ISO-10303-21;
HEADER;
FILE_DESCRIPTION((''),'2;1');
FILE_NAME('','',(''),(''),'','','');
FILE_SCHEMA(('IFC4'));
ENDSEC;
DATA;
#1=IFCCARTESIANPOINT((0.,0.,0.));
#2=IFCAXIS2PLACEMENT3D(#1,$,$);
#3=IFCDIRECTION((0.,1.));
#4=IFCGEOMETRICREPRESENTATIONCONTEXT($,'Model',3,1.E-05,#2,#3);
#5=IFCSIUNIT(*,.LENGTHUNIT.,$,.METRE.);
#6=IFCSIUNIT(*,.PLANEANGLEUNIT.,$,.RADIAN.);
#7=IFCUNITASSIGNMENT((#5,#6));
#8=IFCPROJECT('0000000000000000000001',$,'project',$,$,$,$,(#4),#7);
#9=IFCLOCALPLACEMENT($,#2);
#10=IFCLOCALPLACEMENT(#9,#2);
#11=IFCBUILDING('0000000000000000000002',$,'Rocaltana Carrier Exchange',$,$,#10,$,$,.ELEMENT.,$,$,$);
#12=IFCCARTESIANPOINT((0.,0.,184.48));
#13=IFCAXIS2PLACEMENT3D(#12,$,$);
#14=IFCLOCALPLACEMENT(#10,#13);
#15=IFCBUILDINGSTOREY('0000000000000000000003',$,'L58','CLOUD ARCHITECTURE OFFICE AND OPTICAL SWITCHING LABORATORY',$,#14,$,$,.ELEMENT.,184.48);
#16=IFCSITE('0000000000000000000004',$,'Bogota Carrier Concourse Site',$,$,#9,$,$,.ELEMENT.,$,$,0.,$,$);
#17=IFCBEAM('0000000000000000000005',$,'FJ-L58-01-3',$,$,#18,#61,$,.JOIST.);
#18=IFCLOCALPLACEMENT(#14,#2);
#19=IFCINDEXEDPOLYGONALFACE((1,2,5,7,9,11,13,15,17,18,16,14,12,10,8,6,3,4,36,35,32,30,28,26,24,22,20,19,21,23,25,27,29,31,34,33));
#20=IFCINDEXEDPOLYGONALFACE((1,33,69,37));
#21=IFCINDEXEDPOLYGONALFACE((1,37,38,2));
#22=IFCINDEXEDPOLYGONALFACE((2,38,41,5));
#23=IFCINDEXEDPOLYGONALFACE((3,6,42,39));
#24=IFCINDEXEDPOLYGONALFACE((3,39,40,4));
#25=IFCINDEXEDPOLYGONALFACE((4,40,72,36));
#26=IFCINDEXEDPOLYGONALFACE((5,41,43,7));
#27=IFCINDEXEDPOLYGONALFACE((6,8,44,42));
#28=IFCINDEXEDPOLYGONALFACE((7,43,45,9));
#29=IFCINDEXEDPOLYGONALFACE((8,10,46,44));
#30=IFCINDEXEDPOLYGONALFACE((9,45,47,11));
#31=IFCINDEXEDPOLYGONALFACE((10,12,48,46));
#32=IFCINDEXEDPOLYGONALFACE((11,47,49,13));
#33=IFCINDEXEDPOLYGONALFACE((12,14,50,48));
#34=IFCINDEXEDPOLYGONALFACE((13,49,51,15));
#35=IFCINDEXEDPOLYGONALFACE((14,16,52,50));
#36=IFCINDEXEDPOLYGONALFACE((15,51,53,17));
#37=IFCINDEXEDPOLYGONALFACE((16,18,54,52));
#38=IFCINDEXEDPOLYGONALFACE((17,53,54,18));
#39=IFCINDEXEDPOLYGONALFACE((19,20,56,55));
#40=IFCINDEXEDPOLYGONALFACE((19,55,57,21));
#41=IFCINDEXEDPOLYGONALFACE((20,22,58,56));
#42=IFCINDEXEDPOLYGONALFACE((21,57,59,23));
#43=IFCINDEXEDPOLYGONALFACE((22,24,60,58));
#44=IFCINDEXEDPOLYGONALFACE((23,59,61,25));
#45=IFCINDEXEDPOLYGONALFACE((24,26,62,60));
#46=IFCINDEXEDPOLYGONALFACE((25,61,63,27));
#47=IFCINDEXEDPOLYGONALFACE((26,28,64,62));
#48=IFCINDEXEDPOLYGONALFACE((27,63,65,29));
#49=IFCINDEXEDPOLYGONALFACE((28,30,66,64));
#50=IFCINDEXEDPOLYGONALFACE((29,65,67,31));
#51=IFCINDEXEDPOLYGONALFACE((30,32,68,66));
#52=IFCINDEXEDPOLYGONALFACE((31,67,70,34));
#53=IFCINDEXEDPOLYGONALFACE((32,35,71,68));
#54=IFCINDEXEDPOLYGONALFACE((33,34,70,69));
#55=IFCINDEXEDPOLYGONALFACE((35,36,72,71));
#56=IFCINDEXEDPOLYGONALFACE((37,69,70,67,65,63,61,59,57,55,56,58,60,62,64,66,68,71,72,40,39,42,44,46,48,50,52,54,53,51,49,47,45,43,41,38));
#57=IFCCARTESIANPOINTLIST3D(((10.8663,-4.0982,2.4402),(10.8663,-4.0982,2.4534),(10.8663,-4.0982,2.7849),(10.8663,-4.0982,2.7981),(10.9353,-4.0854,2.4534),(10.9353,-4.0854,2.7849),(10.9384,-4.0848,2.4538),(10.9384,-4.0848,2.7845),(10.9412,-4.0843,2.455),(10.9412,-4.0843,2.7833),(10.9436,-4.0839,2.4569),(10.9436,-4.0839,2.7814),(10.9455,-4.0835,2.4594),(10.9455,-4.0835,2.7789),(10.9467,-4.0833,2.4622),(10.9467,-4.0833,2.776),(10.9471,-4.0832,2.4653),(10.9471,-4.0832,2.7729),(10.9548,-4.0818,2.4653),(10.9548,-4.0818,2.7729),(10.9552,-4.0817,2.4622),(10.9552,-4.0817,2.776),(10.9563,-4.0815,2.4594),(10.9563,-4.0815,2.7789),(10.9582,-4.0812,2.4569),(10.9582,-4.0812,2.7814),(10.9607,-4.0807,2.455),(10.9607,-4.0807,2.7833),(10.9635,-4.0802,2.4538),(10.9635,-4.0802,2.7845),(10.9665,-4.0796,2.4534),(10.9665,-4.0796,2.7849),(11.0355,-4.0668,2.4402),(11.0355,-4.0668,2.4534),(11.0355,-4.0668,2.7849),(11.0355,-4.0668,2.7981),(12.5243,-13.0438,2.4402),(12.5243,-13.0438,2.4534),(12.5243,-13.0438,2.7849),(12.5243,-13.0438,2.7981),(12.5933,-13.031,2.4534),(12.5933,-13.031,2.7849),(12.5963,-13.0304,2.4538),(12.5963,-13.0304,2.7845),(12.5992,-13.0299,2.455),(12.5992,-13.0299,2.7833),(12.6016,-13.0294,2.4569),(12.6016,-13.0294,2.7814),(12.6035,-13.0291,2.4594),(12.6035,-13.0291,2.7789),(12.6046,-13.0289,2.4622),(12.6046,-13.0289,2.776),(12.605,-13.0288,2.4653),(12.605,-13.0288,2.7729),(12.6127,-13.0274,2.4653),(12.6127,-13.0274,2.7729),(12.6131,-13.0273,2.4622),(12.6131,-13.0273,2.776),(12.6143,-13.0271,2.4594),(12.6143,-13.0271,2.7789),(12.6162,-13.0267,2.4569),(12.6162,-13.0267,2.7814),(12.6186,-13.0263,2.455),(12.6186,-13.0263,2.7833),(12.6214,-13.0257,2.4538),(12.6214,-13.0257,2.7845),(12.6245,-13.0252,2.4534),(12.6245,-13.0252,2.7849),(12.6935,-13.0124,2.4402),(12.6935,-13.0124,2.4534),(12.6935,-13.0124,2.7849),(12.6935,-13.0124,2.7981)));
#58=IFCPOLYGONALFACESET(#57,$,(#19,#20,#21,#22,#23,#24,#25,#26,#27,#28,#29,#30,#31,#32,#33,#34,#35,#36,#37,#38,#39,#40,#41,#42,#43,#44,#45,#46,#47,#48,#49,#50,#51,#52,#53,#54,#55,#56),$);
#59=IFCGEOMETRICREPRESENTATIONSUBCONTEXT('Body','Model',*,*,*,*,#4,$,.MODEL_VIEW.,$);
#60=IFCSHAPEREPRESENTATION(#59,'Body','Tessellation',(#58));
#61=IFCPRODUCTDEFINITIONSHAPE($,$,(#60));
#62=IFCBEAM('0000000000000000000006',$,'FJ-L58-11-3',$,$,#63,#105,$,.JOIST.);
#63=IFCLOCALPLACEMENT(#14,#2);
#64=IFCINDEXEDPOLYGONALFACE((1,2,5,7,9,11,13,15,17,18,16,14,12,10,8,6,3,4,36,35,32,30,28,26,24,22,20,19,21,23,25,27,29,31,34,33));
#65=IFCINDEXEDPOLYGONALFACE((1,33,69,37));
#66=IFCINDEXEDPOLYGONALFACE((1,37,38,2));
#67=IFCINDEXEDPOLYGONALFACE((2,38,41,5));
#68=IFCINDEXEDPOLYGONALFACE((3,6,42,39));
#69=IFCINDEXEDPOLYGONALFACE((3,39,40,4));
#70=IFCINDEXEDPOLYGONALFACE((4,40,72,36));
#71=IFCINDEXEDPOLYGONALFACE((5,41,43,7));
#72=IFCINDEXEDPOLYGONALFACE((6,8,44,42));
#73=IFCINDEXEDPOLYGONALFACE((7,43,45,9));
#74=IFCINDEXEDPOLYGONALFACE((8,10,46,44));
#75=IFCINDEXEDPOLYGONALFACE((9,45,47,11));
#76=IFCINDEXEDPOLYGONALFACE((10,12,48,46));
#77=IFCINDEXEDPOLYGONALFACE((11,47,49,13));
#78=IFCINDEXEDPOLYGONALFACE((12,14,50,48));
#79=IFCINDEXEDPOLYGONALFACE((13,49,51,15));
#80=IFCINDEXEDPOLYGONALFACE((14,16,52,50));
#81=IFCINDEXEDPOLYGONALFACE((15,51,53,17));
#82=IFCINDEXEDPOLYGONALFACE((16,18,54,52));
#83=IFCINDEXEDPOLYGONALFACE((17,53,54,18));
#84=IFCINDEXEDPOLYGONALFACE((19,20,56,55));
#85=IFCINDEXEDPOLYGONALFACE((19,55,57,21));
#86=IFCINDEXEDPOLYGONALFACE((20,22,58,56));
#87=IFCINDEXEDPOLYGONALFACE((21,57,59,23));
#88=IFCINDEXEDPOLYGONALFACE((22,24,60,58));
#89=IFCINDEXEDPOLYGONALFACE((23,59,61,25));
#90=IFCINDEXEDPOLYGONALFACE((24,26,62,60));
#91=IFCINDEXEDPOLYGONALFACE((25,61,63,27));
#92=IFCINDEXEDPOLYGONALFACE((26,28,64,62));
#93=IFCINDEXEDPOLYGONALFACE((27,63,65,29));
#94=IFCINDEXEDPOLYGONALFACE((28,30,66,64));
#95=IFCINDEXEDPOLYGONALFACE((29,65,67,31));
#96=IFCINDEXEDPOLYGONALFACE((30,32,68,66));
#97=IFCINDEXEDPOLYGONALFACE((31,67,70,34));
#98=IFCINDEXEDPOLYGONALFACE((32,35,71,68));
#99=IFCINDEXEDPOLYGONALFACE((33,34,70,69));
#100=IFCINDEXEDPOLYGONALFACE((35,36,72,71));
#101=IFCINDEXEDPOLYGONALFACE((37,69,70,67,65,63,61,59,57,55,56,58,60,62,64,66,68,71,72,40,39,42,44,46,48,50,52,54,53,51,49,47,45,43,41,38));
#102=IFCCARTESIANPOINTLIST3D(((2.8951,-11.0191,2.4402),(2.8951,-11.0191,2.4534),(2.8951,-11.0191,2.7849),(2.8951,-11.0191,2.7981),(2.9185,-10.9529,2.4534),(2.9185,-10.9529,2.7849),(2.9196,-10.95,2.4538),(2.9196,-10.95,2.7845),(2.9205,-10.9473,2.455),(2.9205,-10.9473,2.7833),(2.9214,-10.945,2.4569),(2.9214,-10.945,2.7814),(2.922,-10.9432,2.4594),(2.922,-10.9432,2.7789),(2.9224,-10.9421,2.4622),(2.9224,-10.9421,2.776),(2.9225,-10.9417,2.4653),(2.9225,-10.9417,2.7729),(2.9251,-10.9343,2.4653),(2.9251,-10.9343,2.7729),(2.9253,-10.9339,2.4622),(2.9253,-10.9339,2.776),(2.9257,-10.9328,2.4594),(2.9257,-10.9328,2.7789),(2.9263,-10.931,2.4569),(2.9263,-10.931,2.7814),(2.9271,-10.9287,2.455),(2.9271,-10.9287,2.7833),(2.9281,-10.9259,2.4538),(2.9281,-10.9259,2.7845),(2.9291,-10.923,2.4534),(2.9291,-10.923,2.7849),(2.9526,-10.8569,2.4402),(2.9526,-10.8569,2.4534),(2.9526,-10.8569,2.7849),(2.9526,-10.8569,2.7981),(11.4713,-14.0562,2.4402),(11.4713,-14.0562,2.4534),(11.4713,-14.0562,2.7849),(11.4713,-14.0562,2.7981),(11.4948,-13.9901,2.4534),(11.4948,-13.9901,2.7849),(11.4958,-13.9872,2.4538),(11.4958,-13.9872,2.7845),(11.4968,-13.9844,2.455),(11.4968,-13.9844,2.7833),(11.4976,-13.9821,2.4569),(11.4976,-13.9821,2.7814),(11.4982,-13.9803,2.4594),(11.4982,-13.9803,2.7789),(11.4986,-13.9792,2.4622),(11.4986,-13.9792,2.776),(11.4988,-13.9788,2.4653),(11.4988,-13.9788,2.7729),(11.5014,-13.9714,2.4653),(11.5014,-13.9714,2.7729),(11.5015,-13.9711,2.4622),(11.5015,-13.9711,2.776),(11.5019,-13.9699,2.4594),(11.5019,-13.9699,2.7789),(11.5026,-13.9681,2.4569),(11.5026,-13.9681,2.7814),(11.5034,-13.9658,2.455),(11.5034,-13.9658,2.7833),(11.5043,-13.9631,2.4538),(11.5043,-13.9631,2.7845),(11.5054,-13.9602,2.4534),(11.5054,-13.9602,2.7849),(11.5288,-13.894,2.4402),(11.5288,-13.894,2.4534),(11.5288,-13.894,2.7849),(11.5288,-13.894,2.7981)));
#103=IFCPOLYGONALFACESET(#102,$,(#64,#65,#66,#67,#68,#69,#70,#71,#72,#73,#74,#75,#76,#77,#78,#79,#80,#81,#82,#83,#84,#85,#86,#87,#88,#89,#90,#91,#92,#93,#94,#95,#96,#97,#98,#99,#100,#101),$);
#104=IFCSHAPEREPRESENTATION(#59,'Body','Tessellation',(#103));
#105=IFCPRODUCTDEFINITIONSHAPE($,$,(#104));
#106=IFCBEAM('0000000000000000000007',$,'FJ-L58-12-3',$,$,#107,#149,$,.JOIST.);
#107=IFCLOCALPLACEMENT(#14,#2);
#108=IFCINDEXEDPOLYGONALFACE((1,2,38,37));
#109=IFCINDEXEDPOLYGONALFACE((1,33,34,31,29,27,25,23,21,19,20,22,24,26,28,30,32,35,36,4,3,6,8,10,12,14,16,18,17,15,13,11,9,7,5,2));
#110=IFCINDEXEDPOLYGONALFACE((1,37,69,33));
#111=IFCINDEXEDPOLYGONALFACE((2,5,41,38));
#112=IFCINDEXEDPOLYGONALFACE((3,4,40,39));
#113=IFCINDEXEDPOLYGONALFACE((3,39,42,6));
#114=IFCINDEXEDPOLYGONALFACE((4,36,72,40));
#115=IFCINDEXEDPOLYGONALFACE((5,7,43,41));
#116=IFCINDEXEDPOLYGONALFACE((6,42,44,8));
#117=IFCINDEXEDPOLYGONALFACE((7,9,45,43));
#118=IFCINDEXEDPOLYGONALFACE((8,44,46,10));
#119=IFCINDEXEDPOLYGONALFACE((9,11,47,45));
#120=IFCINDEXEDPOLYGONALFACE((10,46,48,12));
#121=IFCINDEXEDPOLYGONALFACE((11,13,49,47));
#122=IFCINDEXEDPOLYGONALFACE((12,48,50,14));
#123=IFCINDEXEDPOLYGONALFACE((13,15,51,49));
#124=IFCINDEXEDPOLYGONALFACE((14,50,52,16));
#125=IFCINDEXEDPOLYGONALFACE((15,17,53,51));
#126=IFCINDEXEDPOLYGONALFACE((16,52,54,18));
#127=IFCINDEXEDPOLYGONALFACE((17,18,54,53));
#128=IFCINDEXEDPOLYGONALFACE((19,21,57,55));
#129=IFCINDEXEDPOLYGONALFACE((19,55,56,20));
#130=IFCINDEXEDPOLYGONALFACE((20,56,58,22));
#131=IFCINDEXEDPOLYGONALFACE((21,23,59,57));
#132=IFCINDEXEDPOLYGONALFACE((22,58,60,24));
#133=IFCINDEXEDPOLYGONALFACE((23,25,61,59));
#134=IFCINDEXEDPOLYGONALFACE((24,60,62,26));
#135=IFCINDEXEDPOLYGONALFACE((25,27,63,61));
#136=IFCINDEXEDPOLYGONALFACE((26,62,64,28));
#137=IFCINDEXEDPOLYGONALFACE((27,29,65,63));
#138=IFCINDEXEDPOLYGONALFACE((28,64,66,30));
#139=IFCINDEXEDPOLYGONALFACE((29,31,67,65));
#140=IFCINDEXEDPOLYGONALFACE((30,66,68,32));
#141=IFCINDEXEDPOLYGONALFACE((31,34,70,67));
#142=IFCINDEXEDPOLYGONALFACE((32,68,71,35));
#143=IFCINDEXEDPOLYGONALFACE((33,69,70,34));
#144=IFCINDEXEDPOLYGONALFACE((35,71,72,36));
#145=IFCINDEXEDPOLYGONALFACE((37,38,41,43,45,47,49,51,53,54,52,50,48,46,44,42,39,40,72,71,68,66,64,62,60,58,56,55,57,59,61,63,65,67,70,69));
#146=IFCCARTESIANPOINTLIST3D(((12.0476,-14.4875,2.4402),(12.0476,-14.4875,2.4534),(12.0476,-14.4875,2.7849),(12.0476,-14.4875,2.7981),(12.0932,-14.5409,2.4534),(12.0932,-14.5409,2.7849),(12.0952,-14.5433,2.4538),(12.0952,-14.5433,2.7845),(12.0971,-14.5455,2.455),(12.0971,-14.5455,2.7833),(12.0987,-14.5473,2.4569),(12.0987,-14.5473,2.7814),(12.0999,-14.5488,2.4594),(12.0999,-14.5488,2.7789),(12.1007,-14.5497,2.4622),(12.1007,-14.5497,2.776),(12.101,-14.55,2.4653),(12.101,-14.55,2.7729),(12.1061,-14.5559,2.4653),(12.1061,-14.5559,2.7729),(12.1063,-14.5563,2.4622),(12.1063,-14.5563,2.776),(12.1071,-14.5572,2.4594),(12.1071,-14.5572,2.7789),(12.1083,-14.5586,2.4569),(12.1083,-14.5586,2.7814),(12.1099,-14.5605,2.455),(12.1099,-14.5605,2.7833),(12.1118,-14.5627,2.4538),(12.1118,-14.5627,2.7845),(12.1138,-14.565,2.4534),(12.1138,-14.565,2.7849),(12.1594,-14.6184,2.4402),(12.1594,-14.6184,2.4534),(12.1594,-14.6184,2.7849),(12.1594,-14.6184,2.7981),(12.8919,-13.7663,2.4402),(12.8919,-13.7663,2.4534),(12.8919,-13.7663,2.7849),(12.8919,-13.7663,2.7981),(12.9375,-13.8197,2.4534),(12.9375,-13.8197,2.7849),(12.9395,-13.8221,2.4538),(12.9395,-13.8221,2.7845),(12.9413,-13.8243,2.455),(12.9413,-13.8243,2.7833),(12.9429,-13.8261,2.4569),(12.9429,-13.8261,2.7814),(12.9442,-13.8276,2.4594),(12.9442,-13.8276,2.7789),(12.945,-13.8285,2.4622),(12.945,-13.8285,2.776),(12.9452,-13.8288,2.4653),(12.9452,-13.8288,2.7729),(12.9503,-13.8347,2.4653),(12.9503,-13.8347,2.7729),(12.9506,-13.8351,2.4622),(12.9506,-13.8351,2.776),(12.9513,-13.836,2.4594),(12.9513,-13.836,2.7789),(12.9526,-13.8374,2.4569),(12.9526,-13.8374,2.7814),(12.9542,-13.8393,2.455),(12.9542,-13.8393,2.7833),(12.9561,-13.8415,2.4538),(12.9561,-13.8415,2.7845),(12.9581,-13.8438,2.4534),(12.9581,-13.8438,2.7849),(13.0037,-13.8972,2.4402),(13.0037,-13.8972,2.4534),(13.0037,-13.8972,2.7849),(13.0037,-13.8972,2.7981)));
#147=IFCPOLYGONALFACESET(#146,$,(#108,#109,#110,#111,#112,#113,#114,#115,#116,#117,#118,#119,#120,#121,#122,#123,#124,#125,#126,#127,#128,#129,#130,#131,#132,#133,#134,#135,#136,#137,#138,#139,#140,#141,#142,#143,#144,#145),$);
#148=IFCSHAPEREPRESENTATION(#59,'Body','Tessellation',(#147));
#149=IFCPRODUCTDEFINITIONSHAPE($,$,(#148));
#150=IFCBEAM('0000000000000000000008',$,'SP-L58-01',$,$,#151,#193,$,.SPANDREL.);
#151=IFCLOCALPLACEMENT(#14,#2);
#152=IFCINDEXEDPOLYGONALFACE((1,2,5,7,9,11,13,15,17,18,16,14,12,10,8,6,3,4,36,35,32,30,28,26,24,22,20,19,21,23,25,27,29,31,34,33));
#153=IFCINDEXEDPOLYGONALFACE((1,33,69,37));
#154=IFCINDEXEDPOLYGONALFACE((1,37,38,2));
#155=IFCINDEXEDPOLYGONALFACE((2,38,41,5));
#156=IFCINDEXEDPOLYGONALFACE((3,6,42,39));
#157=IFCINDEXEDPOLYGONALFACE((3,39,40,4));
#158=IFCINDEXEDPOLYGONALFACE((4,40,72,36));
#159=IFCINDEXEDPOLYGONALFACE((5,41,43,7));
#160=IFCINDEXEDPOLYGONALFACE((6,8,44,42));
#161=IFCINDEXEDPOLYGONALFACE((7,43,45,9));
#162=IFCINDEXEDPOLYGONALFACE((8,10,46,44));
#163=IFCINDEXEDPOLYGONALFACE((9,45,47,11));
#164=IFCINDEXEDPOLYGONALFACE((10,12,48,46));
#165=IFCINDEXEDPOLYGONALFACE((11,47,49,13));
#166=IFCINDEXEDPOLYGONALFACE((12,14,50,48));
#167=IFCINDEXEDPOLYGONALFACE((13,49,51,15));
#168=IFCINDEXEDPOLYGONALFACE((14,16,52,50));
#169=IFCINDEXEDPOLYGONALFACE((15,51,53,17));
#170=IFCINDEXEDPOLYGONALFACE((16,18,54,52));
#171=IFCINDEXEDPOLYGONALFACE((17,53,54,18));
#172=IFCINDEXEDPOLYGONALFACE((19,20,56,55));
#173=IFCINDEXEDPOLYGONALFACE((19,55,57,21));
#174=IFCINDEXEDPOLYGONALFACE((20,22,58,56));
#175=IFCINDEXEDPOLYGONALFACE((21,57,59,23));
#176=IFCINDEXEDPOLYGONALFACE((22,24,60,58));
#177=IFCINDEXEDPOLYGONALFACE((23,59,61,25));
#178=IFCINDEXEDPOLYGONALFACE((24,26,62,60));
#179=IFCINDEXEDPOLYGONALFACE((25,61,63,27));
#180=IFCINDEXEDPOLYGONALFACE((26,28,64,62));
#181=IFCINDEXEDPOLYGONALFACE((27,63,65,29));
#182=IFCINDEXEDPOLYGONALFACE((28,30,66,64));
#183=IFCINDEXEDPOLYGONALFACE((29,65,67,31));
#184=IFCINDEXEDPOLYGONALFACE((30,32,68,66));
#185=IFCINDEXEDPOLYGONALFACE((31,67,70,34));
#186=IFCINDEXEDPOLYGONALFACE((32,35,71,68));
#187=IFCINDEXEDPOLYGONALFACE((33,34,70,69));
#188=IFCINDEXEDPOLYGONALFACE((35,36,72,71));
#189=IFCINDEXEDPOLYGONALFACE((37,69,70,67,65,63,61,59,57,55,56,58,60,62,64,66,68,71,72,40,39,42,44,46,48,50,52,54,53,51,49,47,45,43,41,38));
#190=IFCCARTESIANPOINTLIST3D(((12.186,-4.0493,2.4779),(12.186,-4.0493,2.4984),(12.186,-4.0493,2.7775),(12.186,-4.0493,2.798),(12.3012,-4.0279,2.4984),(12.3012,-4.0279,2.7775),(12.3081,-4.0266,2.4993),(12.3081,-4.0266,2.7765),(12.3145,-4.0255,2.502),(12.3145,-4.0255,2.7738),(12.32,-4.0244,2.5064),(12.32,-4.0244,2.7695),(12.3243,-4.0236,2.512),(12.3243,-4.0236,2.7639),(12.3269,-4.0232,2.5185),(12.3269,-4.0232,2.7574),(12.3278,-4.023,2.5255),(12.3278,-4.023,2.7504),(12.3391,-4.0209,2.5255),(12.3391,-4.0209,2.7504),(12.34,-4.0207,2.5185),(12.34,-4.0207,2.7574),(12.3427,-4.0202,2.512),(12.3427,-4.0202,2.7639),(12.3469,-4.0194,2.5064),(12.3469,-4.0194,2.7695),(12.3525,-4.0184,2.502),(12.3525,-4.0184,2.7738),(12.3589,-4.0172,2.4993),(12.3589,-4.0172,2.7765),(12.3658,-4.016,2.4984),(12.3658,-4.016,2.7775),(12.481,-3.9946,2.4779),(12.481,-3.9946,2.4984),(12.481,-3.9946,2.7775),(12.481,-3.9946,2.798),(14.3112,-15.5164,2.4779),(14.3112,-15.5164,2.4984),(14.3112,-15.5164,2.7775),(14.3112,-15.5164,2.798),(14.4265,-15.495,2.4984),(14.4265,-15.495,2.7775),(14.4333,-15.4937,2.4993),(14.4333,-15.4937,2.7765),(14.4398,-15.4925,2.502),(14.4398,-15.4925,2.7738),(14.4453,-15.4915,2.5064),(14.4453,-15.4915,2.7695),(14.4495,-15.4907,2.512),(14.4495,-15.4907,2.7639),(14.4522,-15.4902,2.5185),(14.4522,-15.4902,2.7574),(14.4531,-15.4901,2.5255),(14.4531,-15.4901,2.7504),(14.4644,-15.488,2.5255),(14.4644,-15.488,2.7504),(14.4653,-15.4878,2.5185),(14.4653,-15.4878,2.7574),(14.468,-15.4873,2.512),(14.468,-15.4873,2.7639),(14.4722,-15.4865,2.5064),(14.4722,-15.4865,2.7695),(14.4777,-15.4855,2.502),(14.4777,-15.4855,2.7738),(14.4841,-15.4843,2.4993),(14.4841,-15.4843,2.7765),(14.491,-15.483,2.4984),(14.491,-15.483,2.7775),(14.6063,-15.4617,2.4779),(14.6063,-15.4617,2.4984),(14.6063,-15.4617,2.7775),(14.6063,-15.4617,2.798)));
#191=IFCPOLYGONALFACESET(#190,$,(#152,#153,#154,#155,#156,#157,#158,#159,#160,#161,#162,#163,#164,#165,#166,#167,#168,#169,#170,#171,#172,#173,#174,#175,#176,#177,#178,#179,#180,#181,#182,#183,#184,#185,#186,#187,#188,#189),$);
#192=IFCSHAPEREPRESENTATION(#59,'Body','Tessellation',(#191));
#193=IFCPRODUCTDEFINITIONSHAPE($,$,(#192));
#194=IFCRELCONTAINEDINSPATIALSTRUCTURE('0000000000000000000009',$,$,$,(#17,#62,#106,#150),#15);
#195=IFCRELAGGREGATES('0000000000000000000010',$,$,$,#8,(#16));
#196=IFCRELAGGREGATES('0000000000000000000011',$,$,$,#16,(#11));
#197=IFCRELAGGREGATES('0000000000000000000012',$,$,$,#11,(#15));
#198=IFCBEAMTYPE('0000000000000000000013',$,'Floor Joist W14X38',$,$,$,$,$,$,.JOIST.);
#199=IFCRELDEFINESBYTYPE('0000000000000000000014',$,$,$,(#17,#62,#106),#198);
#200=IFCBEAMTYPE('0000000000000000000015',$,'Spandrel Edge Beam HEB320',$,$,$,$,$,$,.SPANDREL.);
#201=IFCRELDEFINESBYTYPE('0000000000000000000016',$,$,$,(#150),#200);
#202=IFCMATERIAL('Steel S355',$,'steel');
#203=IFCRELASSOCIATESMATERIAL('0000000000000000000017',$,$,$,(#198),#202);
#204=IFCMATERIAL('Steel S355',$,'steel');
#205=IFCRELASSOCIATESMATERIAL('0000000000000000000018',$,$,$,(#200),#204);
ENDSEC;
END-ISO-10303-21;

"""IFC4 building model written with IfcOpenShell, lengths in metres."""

from ifc_helpers import new_model, si_unit, direction, frame, origin, origin_2d, place, context, subcontext, project, spatial, i_section, extrude, material, material_profile, profile_set, type_object, element, save


model = new_model("IFC4")

# Units and contexts
model_context = context("Model", 3, precision=1e-05, world=origin(), true_north=direction((0.0, 1.0)))
body_context = subcontext(model_context, "Body", "Model", "MODEL_VIEW")
ifc_project = project(units=[si_unit("LENGTHUNIT", "METRE"), si_unit("PLANEANGLEUNIT", "RADIAN")], contexts=[model_context])

# Site, building, storey
site_placement = place(None, origin())
site = spatial("IfcSite", under=ifc_project, at=site_placement, Name="Bogota Carrier Concourse Site", CompositionType="ELEMENT", RefElevation=0.0)
building_placement = place(site_placement, origin())
building = spatial("IfcBuilding", under=site, at=building_placement, Name="Rocaltana Carrier Exchange", CompositionType="ELEMENT")
storey_placement = place(building_placement, frame((0.0, 0.0, 184.48)))
storey = spatial("IfcBuildingStorey", under=building, at=storey_placement, Name="L58", Description="CLOUD ARCHITECTURE OFFICE AND OPTICAL SWITCHING LABORATORY", CompositionType="ELEMENT", Elevation=184.48)

# Beams
ifc_material_1 = material(Name="Steel S355", Category="steel")
ifc_material_profile_1 = material_profile(ifc_material_1, i_section(OverallWidth=0.1721, OverallDepth=0.3579, WebThickness=0.0078, FlangeThickness=0.0132, FilletRadius=0.012, at=origin_2d()), Name="W14X38")
ifc_profile_set_1 = profile_set([ifc_material_profile_1], Name="Steel S355")
beam_type_1 = type_object("IfcBeamType", Name="Floor Joist W14X38", PredefinedType="JOIST", material=ifc_profile_set_1)
beam_1_placement = place(storey_placement, frame((12.6089, -13.0281, 2.6191), z_axis=(-0.182235, 0.983255, 0.0), x_axis=(-0.983255, -0.182235, 0.0)))
element("IfcBeam", 1, at=beam_1_placement, inside=storey, type_object=beam_type_1, Name="FJ-L58-01-3", PredefinedType="JOIST", context=body_context, shape_type="SweptSolid", body=[
    extrude(i_section(OverallWidth=0.1721, OverallDepth=0.3579, WebThickness=0.0078, FlangeThickness=0.0132, FilletRadius=0.012, at=origin_2d()), origin(), (0.0, 0.0, 1.0), 9.0979),
])
beam_2_placement = place(storey_placement, frame((2.9238, -10.938, 2.6191), z_axis=(0.942637, -0.333819, 0.0), x_axis=(0.333819, 0.942637, 0.0)))
element("IfcBeam", 2, at=beam_2_placement, inside=storey, type_object=beam_type_1, Name="FJ-L58-11-3", PredefinedType="JOIST", context=body_context, shape_type="SweptSolid", body=[
    extrude(i_section(OverallWidth=0.1721, OverallDepth=0.3579, WebThickness=0.0078, FlangeThickness=0.0132, FilletRadius=0.012, at=origin_2d()), origin(), (0.0, 0.0, 1.0), 9.0981),
])
beam_3_placement = place(storey_placement, frame((12.1035, -14.553, 2.6191), z_axis=(0.760342, 0.649523, 0.0), x_axis=(-0.649523, 0.760342, 0.0)))
element("IfcBeam", 3, at=beam_3_placement, inside=storey, type_object=beam_type_1, Name="FJ-L58-12-3", PredefinedType="JOIST", context=body_context, shape_type="SweptSolid", body=[
    extrude(i_section(OverallWidth=0.1721, OverallDepth=0.3579, WebThickness=0.0078, FlangeThickness=0.0132, FilletRadius=0.012, at=origin_2d()), origin(), (0.0, 0.0, 1.0), 1.1104),
])
ifc_material_2 = material(Name="Steel S355", Category="steel")
ifc_material_profile_2 = material_profile(ifc_material_2, i_section(OverallWidth=0.3, OverallDepth=0.3201, WebThickness=0.0115, FlangeThickness=0.0205, FilletRadius=0.0271, at=origin_2d()), Name="HEB320")
ifc_profile_set_2 = profile_set([ifc_material_profile_2], Name="Steel S355")
beam_type_2 = type_object("IfcBeamType", Name="Spandrel Edge Beam HEB320", PredefinedType="SPANDREL", material=ifc_profile_set_2)
beam_4_placement = place(storey_placement, frame((14.4587, -15.489, 2.6379), z_axis=(-0.182232, 0.983256, 0.0), x_axis=(-0.983256, -0.182232, 0.0)))
element("IfcBeam", 4, at=beam_4_placement, inside=storey, type_object=beam_type_2, Name="SP-L58-01", PredefinedType="SPANDREL", context=body_context, shape_type="SweptSolid", body=[
    extrude(i_section(OverallWidth=0.3, OverallDepth=0.3201, WebThickness=0.0115, FlangeThickness=0.0205, FilletRadius=0.0271, at=origin_2d()), origin(), (0.0, 0.0, 1.0), 11.6624),
])

save(model, "model.ifc")
